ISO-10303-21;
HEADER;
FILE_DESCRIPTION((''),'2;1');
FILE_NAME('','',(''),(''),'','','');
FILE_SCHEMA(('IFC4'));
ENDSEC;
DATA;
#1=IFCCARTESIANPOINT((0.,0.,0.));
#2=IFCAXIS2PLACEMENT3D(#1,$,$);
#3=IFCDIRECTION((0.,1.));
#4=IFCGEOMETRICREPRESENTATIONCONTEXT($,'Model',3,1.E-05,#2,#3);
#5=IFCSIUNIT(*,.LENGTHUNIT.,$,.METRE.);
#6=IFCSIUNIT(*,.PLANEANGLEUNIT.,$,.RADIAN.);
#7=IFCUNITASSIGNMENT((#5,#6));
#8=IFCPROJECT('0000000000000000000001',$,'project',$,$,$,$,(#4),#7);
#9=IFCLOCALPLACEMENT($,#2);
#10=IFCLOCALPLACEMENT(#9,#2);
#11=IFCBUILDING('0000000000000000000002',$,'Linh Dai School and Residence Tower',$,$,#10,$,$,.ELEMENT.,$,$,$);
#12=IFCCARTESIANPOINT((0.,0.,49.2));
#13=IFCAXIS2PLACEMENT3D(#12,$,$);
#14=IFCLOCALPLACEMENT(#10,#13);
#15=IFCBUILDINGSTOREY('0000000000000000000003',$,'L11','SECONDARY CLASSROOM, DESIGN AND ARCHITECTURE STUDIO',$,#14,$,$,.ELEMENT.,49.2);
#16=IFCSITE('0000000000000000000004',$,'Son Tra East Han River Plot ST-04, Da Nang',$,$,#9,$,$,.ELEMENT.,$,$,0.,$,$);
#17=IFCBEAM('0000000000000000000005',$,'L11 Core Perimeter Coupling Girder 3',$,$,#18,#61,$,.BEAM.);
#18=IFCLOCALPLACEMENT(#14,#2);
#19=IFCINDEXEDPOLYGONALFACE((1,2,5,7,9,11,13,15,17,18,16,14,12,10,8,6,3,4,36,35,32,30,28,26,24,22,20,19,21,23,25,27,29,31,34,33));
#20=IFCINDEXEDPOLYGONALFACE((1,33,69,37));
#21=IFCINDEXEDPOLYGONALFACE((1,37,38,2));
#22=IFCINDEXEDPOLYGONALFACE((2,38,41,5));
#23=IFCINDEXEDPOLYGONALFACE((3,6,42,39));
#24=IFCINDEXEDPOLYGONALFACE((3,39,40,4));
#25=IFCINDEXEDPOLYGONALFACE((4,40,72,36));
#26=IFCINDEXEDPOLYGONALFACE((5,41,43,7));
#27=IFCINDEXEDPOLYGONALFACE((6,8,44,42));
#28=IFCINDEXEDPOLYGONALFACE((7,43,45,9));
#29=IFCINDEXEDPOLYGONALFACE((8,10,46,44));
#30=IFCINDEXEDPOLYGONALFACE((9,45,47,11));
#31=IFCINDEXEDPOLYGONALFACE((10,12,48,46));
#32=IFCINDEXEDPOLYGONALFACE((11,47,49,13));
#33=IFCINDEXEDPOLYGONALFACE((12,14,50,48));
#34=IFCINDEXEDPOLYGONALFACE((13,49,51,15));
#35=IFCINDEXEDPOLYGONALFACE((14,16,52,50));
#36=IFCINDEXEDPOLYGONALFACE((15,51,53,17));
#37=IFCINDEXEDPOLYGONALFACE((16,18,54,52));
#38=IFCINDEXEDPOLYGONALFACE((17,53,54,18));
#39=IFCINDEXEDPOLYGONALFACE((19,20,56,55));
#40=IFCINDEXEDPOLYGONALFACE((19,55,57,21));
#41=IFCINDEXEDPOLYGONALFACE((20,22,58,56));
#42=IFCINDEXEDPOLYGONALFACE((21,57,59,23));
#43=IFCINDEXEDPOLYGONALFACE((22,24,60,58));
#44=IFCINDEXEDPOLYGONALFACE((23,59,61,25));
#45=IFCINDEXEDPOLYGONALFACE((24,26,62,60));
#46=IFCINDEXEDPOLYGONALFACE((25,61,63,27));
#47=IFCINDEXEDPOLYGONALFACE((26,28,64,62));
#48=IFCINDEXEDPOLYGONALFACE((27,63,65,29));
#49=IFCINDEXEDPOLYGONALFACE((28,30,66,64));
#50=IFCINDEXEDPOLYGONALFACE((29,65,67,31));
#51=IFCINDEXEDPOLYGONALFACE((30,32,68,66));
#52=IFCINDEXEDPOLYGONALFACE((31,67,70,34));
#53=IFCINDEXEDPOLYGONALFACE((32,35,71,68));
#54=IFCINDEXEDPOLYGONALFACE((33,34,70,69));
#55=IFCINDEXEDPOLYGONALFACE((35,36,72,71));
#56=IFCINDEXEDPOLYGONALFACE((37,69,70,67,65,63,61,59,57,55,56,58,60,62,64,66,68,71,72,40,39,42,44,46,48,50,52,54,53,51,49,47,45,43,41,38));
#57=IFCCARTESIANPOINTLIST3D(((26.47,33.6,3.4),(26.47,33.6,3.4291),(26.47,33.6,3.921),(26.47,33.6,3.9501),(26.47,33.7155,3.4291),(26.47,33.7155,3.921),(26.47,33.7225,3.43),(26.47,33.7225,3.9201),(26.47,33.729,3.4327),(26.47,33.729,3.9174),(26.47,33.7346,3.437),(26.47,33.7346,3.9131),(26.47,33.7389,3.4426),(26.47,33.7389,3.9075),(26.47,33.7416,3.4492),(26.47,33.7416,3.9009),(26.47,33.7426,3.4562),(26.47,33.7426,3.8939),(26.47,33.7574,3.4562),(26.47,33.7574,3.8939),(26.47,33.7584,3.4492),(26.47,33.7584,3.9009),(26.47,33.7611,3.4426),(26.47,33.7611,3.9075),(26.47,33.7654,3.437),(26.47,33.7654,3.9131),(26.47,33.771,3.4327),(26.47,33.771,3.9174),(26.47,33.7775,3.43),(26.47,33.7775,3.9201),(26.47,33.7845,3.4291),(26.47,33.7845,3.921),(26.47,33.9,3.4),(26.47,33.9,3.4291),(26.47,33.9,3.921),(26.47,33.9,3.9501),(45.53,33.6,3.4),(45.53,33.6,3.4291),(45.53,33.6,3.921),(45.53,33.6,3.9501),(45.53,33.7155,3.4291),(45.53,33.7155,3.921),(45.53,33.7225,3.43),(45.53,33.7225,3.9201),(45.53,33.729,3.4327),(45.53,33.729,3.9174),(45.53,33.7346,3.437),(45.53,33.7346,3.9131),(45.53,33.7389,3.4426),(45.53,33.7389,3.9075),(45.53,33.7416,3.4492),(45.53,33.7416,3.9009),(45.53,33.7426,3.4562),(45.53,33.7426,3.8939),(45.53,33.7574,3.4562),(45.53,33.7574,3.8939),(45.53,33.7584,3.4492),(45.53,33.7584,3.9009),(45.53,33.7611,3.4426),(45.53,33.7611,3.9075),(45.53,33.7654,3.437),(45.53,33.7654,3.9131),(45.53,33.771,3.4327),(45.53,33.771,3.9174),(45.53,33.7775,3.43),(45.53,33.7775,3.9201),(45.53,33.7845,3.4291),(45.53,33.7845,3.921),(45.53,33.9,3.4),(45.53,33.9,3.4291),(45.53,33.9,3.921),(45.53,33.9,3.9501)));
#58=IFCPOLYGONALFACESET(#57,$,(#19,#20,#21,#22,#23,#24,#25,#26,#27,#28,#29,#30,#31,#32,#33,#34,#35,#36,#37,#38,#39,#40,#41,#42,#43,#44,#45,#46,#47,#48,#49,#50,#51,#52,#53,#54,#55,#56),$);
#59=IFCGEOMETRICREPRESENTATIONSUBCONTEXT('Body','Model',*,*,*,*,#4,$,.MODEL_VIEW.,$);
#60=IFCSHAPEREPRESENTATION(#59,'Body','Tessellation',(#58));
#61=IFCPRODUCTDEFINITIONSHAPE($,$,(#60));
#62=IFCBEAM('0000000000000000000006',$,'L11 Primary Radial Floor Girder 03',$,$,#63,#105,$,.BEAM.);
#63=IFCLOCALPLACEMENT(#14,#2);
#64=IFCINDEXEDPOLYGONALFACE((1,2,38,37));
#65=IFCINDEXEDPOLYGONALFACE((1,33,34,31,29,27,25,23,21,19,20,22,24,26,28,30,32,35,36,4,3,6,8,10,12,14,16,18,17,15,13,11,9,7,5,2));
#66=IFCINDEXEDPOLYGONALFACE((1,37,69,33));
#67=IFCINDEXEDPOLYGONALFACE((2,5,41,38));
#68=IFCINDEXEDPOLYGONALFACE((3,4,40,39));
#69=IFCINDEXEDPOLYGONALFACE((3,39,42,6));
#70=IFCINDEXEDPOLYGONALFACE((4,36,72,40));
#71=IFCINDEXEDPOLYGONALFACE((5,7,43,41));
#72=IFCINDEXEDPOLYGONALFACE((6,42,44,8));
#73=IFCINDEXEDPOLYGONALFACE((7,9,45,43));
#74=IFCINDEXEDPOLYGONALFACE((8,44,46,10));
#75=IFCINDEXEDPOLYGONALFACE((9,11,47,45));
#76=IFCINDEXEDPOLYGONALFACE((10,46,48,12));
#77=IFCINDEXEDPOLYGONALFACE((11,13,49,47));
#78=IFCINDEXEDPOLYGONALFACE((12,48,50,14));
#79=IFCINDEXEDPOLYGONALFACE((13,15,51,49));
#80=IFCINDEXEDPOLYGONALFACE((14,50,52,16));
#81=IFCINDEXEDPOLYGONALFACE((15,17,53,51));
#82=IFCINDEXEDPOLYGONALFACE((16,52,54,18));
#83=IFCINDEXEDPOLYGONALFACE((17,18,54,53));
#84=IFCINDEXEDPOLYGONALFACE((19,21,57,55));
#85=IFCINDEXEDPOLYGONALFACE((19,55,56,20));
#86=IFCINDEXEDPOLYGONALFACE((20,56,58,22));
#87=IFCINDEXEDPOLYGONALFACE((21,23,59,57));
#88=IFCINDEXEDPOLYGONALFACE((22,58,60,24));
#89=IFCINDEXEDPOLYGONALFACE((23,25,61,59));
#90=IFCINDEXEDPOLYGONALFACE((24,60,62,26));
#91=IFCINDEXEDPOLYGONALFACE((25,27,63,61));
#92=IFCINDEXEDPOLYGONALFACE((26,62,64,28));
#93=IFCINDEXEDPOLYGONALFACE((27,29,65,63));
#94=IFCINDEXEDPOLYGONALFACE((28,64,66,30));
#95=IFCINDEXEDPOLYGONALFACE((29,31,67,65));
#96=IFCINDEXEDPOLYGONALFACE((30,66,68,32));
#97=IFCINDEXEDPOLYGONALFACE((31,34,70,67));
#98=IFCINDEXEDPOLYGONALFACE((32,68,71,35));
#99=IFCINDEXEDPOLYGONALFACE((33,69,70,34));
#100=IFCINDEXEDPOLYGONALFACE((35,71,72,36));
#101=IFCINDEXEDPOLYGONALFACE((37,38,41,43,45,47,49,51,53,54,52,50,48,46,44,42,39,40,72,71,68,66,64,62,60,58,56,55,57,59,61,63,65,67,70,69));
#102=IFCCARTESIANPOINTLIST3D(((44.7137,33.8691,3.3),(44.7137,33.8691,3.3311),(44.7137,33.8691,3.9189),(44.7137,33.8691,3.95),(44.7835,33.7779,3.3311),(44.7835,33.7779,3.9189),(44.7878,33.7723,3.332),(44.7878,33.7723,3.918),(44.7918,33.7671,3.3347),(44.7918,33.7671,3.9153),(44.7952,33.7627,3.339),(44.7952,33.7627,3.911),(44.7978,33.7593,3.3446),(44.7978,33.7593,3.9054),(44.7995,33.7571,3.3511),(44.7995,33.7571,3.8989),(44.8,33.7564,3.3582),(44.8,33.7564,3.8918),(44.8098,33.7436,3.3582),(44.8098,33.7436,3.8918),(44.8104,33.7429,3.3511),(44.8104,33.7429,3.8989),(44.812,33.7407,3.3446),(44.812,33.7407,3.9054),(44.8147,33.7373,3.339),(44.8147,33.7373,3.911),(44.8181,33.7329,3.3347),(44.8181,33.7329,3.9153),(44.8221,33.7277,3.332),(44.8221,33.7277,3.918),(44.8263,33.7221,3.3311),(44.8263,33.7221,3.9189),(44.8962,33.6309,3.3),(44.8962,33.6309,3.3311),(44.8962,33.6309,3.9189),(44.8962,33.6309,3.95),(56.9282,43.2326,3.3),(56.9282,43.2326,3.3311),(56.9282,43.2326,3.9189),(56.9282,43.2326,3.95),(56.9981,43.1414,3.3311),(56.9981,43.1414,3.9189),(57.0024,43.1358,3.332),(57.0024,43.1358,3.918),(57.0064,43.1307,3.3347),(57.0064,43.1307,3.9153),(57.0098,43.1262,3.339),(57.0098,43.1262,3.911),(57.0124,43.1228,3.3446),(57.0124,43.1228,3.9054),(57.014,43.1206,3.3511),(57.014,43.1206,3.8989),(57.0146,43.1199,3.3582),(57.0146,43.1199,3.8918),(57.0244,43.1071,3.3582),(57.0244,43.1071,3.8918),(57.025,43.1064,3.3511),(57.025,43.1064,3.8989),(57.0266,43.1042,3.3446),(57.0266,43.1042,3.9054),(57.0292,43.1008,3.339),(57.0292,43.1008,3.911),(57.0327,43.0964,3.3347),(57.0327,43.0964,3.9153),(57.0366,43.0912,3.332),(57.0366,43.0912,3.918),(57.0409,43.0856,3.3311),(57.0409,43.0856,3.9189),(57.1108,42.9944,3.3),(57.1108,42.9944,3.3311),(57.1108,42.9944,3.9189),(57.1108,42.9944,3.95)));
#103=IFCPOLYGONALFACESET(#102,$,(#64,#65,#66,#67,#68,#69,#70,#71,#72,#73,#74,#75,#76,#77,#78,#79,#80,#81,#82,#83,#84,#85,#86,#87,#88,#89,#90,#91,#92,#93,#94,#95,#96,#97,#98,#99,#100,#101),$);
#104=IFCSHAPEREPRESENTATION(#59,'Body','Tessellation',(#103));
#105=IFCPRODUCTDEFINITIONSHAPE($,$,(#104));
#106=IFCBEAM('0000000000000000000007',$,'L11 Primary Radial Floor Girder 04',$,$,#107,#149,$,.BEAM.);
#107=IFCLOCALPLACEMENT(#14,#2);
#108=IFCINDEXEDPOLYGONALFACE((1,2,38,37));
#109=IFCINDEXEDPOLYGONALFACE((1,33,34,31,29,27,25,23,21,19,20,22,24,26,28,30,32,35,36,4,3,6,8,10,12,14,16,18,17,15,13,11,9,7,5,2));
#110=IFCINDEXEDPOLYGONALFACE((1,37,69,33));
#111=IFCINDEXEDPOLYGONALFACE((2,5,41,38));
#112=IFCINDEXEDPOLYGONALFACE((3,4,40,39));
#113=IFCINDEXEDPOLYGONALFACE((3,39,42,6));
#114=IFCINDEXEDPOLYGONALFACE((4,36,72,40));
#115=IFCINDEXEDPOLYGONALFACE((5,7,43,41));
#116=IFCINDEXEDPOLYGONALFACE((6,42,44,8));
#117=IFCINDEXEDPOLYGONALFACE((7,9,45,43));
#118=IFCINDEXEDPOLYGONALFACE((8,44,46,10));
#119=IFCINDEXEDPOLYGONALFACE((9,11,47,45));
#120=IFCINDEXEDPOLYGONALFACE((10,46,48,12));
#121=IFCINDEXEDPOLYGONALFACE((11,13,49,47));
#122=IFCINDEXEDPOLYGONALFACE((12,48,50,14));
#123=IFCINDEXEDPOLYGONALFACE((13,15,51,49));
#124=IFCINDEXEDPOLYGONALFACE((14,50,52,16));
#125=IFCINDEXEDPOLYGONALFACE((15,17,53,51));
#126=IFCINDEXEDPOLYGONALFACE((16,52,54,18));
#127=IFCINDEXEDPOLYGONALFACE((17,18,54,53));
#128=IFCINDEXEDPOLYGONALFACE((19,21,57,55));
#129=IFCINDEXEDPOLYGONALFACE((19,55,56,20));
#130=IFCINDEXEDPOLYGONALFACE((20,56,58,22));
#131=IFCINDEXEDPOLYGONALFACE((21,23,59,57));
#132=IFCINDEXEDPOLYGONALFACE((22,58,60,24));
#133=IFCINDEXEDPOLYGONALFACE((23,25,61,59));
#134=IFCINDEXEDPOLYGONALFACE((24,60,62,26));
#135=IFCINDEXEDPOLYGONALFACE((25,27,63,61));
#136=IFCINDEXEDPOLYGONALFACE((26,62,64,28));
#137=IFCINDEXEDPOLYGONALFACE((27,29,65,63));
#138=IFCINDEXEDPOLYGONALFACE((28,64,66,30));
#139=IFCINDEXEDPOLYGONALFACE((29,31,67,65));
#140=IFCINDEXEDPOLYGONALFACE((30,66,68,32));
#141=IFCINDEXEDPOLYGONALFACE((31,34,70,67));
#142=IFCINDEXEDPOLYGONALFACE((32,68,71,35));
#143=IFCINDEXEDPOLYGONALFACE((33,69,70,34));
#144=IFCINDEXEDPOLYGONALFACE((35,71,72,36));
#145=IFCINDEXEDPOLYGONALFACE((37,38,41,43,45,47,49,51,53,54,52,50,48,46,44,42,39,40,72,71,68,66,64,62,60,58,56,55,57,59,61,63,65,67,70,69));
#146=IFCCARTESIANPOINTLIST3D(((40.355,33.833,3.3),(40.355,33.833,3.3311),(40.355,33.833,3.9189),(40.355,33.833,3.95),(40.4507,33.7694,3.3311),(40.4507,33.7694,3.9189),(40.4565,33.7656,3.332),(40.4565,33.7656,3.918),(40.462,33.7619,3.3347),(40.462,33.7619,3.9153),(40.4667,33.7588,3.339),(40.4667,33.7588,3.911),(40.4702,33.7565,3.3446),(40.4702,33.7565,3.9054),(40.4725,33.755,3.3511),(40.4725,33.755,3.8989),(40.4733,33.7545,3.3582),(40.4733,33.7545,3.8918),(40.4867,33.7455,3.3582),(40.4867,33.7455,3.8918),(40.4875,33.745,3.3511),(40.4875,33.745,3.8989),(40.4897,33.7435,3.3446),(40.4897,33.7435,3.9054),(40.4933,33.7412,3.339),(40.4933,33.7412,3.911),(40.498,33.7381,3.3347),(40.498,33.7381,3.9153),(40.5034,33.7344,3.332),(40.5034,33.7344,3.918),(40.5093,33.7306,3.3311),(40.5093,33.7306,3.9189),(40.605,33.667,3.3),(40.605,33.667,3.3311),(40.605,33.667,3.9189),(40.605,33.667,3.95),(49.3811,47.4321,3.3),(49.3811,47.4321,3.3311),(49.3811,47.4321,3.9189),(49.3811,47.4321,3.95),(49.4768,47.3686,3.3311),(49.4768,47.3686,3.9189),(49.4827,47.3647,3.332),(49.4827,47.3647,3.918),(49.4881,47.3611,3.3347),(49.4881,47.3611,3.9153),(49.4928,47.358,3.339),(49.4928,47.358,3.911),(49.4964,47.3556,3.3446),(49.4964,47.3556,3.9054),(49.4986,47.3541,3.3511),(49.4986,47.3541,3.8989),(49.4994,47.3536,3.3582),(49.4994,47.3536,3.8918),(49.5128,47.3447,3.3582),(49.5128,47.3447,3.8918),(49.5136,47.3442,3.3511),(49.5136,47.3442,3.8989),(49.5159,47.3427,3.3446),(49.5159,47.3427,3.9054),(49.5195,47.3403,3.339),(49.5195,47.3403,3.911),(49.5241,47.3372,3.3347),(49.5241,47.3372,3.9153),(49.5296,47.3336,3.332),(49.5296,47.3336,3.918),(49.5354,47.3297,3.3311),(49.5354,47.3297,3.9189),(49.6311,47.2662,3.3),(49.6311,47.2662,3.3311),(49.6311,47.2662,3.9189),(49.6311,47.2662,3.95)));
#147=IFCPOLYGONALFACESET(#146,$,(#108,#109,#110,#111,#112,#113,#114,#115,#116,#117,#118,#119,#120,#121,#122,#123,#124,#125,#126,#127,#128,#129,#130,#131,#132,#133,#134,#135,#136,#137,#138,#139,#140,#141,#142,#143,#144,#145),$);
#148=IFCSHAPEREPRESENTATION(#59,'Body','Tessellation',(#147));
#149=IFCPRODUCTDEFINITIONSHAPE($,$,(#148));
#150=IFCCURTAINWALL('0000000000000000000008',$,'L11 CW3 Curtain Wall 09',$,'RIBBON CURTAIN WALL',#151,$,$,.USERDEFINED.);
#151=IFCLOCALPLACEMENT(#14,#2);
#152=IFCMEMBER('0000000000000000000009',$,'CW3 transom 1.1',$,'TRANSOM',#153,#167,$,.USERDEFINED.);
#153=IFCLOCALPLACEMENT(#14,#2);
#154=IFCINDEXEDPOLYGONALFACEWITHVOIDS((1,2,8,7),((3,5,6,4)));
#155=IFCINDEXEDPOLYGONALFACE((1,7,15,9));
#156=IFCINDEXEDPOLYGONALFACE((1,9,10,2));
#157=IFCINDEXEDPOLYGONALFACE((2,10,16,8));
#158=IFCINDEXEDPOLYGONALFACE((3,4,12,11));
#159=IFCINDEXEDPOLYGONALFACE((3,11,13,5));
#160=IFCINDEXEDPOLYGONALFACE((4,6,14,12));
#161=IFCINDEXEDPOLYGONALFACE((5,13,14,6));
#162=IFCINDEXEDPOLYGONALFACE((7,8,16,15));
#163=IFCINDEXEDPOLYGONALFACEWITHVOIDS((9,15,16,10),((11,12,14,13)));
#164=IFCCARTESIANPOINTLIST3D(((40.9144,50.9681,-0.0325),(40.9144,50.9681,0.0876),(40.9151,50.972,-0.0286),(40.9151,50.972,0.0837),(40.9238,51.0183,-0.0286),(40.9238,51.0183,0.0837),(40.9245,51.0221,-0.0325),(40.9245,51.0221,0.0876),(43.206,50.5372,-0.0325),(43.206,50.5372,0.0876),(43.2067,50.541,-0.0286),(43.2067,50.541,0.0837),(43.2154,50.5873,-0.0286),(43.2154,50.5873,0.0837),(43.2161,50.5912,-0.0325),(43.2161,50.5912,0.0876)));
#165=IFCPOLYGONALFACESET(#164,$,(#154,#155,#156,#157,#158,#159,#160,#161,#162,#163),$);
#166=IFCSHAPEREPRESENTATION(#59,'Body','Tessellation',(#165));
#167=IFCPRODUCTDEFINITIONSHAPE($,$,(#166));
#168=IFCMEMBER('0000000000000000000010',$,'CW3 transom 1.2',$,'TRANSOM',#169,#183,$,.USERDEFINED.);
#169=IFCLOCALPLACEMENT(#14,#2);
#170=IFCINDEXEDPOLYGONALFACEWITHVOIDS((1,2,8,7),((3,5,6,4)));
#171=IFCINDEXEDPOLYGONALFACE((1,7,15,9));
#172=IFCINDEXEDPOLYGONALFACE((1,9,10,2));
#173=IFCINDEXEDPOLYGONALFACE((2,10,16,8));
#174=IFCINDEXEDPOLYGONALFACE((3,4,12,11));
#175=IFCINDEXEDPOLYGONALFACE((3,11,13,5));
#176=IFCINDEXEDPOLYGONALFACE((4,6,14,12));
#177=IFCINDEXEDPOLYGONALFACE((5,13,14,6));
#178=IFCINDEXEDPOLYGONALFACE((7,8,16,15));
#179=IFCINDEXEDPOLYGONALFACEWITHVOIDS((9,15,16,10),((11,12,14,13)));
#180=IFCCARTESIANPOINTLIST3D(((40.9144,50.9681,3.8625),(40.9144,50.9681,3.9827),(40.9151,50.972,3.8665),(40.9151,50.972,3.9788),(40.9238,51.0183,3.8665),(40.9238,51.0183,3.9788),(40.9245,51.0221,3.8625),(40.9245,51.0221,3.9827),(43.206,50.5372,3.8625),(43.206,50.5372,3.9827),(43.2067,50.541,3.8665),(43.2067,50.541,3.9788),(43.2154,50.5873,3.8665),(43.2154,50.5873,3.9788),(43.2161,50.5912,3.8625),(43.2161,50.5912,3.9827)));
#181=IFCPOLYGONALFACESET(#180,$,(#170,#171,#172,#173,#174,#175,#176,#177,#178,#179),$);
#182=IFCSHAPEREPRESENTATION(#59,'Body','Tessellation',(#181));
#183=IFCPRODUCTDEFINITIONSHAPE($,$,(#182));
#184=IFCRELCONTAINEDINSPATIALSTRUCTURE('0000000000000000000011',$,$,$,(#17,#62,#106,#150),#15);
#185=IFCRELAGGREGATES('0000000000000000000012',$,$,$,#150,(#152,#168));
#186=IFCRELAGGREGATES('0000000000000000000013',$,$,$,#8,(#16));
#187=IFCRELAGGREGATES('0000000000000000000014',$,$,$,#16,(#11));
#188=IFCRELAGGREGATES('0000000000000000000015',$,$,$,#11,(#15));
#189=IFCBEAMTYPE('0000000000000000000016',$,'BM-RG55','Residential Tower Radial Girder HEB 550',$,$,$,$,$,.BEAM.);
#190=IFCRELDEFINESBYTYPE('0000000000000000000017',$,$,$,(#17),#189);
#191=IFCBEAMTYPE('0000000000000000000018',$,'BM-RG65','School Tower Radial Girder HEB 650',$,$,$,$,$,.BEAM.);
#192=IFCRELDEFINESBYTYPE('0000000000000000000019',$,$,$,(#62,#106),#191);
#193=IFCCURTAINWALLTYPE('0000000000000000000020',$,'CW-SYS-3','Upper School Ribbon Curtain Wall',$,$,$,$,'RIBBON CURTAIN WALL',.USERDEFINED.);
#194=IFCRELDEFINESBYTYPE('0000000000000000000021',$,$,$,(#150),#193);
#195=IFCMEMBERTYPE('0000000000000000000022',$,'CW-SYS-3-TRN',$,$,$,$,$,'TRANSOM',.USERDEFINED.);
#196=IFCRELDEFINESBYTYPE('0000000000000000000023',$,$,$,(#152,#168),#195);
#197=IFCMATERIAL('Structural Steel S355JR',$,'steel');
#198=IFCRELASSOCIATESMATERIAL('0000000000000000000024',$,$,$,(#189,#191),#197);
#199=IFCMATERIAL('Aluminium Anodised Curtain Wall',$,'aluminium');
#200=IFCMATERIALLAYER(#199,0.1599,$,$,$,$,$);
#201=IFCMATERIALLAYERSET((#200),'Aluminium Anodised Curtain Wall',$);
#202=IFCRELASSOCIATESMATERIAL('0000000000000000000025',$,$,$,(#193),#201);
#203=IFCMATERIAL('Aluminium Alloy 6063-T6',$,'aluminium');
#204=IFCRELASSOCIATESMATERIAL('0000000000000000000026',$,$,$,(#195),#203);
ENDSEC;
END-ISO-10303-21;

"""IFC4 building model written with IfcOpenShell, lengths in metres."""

from ifc_helpers import new_model, si_unit, direction, frame, origin, origin_2d, place, context, subcontext, project, spatial, hollow_rectangle, i_section, extrude, source, transform, mapped, material, layer, layer_set, material_profile, profile_set, type_object, element, aggregate, save


model = new_model("IFC4")

# Units and contexts
model_context = context("Model", 3, precision=1e-05, world=origin(), true_north=direction((0.0, 1.0)))
body_context = subcontext(model_context, "Body", "Model", "MODEL_VIEW")
ifc_project = project(units=[si_unit("LENGTHUNIT", "METRE"), si_unit("PLANEANGLEUNIT", "RADIAN")], contexts=[model_context])

# Site, building, storey
site_placement = place(None, origin())
site = spatial("IfcSite", under=ifc_project, at=site_placement, Name="Son Tra East Han River Plot ST-04, Da Nang", CompositionType="ELEMENT", RefElevation=0.0)
building_placement = place(site_placement, origin())
building = spatial("IfcBuilding", under=site, at=building_placement, Name="Linh Dai School and Residence Tower", CompositionType="ELEMENT")
storey_placement = place(building_placement, frame((0.0, 0.0, 49.2)))
storey = spatial("IfcBuildingStorey", under=building, at=storey_placement, Name="L11", Description="SECONDARY CLASSROOM, DESIGN AND ARCHITECTURE STUDIO", CompositionType="ELEMENT", Elevation=49.2)

# Beams
ifc_material_1 = material(Name="Structural Steel S355JR", Category="steel")
ifc_material_profile_1 = material_profile(ifc_material_1, i_section(OverallWidth=0.3, OverallDepth=0.55, WebThickness=0.0149, FlangeThickness=0.0291, FilletRadius=0.0271, at=origin_2d()), Name="HEB 550")
ifc_profile_set_1 = profile_set([ifc_material_profile_1], Name="Structural Steel S355JR")
beam_type_1 = type_object("IfcBeamType", Name="BM-RG55", Description="Residential Tower Radial Girder HEB 550", PredefinedType="BEAM", material=ifc_profile_set_1)
beam_1_placement = place(storey_placement, frame((45.53, 33.75, 3.675), z_axis=(-1.0, 0.0, 0.0), x_axis=(0.0, -1.0, 0.0)))
element("IfcBeam", 1, at=beam_1_placement, inside=storey, type_object=beam_type_1, Name="L11 Core Perimeter Coupling Girder 3", PredefinedType="BEAM", context=body_context, shape_type="SweptSolid", body=[
    extrude(i_section(OverallWidth=0.3, OverallDepth=0.55, WebThickness=0.0149, FlangeThickness=0.0291, FilletRadius=0.0271, at=origin_2d()), origin(), (0.0, 0.0, 1.0), 19.0601),
])
ifc_material_profile_2 = material_profile(ifc_material_1, i_section(OverallWidth=0.3, OverallDepth=0.6499, WebThickness=0.0161, FlangeThickness=0.031, FilletRadius=0.0271, at=origin_2d()), Name="HEB 650")
ifc_profile_set_2 = profile_set([ifc_material_profile_2], Name="Structural Steel S355JR")
beam_type_2 = type_object("IfcBeamType", Name="BM-RG65", Description="School Tower Radial Girder HEB 650", PredefinedType="BEAM", material=ifc_profile_set_2)
beam_2_placement = place(storey_placement, frame((44.8049, 33.75, 3.625), z_axis=(0.793638, 0.608391, 0.0), x_axis=(-0.608391, 0.793638, 0.0)))
element("IfcBeam", 2, at=beam_2_placement, inside=storey, type_object=beam_type_2, Name="L11 Primary Radial Floor Girder 03", PredefinedType="BEAM", context=body_context, shape_type="SweptSolid", body=[
    extrude(i_section(OverallWidth=0.3, OverallDepth=0.6499, WebThickness=0.0161, FlangeThickness=0.031, FilletRadius=0.0271, at=origin_2d()), origin(), (0.0, 0.0, 1.0), 15.3906),
])
beam_3_placement = place(storey_placement, frame((40.48, 33.75, 3.625), z_axis=(0.553004, 0.833178, 0.0), x_axis=(-0.833178, 0.553004, 0.0)))
element("IfcBeam", 3, at=beam_3_placement, inside=storey, type_object=beam_type_2, Name="L11 Primary Radial Floor Girder 04", PredefinedType="BEAM", context=body_context, shape_type="SweptSolid", body=[
    extrude(i_section(OverallWidth=0.3, OverallDepth=0.6499, WebThickness=0.0161, FlangeThickness=0.031, FilletRadius=0.0271, at=origin_2d()), origin(), (0.0, 0.0, 1.0), 16.322),
])

# Curtain wall, members
ifc_material_2 = material(Name="Aluminium Anodised Curtain Wall", Category="aluminium")
ifc_layer_1 = layer(ifc_material_2, 0.1599)
ifc_layer_set_1 = layer_set([ifc_layer_1], Name="Aluminium Anodised Curtain Wall")
curtain_wall_type = type_object("IfcCurtainWallType", Name="CW-SYS-3", Description="Upper School Ribbon Curtain Wall", ElementType="RIBBON CURTAIN WALL", PredefinedType="USERDEFINED", material=ifc_layer_set_1)
curtain_wall_placement = place(storey_placement, origin())
curtain_wall = element("IfcCurtainWall", 4, at=curtain_wall_placement, inside=storey, type_object=curtain_wall_type, Name="L11 CW3 Curtain Wall 09", ObjectType="RIBBON CURTAIN WALL", PredefinedType="USERDEFINED")
ifc_material_3 = material(Name="Aluminium Alloy 6063-T6", Category="aluminium")
ifc_material_profile_3 = material_profile(ifc_material_3, hollow_rectangle(XDim=0.0549, YDim=0.1201, WallThickness=0.0039, at=origin_2d()), Name="RHS 120x55x4")
ifc_profile_set_3 = profile_set([ifc_material_profile_3], Name="Aluminium Alloy 6063-T6")
member_type_1 = type_object("IfcMemberType", Name="CW-SYS-3-TRN", ElementType="TRANSOM", PredefinedType="USERDEFINED", material=ifc_profile_set_3)
shared_shape_1 = source(origin(), body_context, "Body", "SweptSolid", [
    extrude(hollow_rectangle(XDim=0.0549, YDim=0.1201, WallThickness=0.0039, at=origin_2d()), origin(), (0.0, 0.0, 1.0), 2.3318),
])
member_1_placement = place(storey_placement, frame((40.9194, 50.9951, 0.0276), z_axis=(0.982775, -0.184807, 0.0), x_axis=(0.184807, 0.982775, 0.0)))
member_1 = element("IfcMember", 5, at=member_1_placement, type_object=member_type_1, Name="CW3 transom 1.1", ObjectType="TRANSOM", PredefinedType="USERDEFINED", context=body_context, shape_type="MappedRepresentation", body=[
    mapped(shared_shape_1, transform((0.0, 0.0, 0.0), x_axis=(1.0, 0.0, 0.0), y_axis=(0.0, 1.0, 0.0), z_axis=(0.0, 0.0, 1.0), scale=1.0)),
])
member_2_placement = place(storey_placement, frame((40.9194, 50.9951, 3.9226), z_axis=(0.982775, -0.184807, 0.0), x_axis=(0.184807, 0.982775, 0.0)))
member_2 = element("IfcMember", 6, at=member_2_placement, type_object=member_type_1, Name="CW3 transom 1.2", ObjectType="TRANSOM", PredefinedType="USERDEFINED", context=body_context, shape_type="MappedRepresentation", body=[
    mapped(shared_shape_1, transform((0.0, 0.0, 0.0), x_axis=(1.0, 0.0, 0.0), y_axis=(0.0, 1.0, 0.0), z_axis=(0.0, 0.0, 1.0), scale=1.0)),
])

aggregate(curtain_wall, [member_1, member_2])

save(model, "model.ifc")
